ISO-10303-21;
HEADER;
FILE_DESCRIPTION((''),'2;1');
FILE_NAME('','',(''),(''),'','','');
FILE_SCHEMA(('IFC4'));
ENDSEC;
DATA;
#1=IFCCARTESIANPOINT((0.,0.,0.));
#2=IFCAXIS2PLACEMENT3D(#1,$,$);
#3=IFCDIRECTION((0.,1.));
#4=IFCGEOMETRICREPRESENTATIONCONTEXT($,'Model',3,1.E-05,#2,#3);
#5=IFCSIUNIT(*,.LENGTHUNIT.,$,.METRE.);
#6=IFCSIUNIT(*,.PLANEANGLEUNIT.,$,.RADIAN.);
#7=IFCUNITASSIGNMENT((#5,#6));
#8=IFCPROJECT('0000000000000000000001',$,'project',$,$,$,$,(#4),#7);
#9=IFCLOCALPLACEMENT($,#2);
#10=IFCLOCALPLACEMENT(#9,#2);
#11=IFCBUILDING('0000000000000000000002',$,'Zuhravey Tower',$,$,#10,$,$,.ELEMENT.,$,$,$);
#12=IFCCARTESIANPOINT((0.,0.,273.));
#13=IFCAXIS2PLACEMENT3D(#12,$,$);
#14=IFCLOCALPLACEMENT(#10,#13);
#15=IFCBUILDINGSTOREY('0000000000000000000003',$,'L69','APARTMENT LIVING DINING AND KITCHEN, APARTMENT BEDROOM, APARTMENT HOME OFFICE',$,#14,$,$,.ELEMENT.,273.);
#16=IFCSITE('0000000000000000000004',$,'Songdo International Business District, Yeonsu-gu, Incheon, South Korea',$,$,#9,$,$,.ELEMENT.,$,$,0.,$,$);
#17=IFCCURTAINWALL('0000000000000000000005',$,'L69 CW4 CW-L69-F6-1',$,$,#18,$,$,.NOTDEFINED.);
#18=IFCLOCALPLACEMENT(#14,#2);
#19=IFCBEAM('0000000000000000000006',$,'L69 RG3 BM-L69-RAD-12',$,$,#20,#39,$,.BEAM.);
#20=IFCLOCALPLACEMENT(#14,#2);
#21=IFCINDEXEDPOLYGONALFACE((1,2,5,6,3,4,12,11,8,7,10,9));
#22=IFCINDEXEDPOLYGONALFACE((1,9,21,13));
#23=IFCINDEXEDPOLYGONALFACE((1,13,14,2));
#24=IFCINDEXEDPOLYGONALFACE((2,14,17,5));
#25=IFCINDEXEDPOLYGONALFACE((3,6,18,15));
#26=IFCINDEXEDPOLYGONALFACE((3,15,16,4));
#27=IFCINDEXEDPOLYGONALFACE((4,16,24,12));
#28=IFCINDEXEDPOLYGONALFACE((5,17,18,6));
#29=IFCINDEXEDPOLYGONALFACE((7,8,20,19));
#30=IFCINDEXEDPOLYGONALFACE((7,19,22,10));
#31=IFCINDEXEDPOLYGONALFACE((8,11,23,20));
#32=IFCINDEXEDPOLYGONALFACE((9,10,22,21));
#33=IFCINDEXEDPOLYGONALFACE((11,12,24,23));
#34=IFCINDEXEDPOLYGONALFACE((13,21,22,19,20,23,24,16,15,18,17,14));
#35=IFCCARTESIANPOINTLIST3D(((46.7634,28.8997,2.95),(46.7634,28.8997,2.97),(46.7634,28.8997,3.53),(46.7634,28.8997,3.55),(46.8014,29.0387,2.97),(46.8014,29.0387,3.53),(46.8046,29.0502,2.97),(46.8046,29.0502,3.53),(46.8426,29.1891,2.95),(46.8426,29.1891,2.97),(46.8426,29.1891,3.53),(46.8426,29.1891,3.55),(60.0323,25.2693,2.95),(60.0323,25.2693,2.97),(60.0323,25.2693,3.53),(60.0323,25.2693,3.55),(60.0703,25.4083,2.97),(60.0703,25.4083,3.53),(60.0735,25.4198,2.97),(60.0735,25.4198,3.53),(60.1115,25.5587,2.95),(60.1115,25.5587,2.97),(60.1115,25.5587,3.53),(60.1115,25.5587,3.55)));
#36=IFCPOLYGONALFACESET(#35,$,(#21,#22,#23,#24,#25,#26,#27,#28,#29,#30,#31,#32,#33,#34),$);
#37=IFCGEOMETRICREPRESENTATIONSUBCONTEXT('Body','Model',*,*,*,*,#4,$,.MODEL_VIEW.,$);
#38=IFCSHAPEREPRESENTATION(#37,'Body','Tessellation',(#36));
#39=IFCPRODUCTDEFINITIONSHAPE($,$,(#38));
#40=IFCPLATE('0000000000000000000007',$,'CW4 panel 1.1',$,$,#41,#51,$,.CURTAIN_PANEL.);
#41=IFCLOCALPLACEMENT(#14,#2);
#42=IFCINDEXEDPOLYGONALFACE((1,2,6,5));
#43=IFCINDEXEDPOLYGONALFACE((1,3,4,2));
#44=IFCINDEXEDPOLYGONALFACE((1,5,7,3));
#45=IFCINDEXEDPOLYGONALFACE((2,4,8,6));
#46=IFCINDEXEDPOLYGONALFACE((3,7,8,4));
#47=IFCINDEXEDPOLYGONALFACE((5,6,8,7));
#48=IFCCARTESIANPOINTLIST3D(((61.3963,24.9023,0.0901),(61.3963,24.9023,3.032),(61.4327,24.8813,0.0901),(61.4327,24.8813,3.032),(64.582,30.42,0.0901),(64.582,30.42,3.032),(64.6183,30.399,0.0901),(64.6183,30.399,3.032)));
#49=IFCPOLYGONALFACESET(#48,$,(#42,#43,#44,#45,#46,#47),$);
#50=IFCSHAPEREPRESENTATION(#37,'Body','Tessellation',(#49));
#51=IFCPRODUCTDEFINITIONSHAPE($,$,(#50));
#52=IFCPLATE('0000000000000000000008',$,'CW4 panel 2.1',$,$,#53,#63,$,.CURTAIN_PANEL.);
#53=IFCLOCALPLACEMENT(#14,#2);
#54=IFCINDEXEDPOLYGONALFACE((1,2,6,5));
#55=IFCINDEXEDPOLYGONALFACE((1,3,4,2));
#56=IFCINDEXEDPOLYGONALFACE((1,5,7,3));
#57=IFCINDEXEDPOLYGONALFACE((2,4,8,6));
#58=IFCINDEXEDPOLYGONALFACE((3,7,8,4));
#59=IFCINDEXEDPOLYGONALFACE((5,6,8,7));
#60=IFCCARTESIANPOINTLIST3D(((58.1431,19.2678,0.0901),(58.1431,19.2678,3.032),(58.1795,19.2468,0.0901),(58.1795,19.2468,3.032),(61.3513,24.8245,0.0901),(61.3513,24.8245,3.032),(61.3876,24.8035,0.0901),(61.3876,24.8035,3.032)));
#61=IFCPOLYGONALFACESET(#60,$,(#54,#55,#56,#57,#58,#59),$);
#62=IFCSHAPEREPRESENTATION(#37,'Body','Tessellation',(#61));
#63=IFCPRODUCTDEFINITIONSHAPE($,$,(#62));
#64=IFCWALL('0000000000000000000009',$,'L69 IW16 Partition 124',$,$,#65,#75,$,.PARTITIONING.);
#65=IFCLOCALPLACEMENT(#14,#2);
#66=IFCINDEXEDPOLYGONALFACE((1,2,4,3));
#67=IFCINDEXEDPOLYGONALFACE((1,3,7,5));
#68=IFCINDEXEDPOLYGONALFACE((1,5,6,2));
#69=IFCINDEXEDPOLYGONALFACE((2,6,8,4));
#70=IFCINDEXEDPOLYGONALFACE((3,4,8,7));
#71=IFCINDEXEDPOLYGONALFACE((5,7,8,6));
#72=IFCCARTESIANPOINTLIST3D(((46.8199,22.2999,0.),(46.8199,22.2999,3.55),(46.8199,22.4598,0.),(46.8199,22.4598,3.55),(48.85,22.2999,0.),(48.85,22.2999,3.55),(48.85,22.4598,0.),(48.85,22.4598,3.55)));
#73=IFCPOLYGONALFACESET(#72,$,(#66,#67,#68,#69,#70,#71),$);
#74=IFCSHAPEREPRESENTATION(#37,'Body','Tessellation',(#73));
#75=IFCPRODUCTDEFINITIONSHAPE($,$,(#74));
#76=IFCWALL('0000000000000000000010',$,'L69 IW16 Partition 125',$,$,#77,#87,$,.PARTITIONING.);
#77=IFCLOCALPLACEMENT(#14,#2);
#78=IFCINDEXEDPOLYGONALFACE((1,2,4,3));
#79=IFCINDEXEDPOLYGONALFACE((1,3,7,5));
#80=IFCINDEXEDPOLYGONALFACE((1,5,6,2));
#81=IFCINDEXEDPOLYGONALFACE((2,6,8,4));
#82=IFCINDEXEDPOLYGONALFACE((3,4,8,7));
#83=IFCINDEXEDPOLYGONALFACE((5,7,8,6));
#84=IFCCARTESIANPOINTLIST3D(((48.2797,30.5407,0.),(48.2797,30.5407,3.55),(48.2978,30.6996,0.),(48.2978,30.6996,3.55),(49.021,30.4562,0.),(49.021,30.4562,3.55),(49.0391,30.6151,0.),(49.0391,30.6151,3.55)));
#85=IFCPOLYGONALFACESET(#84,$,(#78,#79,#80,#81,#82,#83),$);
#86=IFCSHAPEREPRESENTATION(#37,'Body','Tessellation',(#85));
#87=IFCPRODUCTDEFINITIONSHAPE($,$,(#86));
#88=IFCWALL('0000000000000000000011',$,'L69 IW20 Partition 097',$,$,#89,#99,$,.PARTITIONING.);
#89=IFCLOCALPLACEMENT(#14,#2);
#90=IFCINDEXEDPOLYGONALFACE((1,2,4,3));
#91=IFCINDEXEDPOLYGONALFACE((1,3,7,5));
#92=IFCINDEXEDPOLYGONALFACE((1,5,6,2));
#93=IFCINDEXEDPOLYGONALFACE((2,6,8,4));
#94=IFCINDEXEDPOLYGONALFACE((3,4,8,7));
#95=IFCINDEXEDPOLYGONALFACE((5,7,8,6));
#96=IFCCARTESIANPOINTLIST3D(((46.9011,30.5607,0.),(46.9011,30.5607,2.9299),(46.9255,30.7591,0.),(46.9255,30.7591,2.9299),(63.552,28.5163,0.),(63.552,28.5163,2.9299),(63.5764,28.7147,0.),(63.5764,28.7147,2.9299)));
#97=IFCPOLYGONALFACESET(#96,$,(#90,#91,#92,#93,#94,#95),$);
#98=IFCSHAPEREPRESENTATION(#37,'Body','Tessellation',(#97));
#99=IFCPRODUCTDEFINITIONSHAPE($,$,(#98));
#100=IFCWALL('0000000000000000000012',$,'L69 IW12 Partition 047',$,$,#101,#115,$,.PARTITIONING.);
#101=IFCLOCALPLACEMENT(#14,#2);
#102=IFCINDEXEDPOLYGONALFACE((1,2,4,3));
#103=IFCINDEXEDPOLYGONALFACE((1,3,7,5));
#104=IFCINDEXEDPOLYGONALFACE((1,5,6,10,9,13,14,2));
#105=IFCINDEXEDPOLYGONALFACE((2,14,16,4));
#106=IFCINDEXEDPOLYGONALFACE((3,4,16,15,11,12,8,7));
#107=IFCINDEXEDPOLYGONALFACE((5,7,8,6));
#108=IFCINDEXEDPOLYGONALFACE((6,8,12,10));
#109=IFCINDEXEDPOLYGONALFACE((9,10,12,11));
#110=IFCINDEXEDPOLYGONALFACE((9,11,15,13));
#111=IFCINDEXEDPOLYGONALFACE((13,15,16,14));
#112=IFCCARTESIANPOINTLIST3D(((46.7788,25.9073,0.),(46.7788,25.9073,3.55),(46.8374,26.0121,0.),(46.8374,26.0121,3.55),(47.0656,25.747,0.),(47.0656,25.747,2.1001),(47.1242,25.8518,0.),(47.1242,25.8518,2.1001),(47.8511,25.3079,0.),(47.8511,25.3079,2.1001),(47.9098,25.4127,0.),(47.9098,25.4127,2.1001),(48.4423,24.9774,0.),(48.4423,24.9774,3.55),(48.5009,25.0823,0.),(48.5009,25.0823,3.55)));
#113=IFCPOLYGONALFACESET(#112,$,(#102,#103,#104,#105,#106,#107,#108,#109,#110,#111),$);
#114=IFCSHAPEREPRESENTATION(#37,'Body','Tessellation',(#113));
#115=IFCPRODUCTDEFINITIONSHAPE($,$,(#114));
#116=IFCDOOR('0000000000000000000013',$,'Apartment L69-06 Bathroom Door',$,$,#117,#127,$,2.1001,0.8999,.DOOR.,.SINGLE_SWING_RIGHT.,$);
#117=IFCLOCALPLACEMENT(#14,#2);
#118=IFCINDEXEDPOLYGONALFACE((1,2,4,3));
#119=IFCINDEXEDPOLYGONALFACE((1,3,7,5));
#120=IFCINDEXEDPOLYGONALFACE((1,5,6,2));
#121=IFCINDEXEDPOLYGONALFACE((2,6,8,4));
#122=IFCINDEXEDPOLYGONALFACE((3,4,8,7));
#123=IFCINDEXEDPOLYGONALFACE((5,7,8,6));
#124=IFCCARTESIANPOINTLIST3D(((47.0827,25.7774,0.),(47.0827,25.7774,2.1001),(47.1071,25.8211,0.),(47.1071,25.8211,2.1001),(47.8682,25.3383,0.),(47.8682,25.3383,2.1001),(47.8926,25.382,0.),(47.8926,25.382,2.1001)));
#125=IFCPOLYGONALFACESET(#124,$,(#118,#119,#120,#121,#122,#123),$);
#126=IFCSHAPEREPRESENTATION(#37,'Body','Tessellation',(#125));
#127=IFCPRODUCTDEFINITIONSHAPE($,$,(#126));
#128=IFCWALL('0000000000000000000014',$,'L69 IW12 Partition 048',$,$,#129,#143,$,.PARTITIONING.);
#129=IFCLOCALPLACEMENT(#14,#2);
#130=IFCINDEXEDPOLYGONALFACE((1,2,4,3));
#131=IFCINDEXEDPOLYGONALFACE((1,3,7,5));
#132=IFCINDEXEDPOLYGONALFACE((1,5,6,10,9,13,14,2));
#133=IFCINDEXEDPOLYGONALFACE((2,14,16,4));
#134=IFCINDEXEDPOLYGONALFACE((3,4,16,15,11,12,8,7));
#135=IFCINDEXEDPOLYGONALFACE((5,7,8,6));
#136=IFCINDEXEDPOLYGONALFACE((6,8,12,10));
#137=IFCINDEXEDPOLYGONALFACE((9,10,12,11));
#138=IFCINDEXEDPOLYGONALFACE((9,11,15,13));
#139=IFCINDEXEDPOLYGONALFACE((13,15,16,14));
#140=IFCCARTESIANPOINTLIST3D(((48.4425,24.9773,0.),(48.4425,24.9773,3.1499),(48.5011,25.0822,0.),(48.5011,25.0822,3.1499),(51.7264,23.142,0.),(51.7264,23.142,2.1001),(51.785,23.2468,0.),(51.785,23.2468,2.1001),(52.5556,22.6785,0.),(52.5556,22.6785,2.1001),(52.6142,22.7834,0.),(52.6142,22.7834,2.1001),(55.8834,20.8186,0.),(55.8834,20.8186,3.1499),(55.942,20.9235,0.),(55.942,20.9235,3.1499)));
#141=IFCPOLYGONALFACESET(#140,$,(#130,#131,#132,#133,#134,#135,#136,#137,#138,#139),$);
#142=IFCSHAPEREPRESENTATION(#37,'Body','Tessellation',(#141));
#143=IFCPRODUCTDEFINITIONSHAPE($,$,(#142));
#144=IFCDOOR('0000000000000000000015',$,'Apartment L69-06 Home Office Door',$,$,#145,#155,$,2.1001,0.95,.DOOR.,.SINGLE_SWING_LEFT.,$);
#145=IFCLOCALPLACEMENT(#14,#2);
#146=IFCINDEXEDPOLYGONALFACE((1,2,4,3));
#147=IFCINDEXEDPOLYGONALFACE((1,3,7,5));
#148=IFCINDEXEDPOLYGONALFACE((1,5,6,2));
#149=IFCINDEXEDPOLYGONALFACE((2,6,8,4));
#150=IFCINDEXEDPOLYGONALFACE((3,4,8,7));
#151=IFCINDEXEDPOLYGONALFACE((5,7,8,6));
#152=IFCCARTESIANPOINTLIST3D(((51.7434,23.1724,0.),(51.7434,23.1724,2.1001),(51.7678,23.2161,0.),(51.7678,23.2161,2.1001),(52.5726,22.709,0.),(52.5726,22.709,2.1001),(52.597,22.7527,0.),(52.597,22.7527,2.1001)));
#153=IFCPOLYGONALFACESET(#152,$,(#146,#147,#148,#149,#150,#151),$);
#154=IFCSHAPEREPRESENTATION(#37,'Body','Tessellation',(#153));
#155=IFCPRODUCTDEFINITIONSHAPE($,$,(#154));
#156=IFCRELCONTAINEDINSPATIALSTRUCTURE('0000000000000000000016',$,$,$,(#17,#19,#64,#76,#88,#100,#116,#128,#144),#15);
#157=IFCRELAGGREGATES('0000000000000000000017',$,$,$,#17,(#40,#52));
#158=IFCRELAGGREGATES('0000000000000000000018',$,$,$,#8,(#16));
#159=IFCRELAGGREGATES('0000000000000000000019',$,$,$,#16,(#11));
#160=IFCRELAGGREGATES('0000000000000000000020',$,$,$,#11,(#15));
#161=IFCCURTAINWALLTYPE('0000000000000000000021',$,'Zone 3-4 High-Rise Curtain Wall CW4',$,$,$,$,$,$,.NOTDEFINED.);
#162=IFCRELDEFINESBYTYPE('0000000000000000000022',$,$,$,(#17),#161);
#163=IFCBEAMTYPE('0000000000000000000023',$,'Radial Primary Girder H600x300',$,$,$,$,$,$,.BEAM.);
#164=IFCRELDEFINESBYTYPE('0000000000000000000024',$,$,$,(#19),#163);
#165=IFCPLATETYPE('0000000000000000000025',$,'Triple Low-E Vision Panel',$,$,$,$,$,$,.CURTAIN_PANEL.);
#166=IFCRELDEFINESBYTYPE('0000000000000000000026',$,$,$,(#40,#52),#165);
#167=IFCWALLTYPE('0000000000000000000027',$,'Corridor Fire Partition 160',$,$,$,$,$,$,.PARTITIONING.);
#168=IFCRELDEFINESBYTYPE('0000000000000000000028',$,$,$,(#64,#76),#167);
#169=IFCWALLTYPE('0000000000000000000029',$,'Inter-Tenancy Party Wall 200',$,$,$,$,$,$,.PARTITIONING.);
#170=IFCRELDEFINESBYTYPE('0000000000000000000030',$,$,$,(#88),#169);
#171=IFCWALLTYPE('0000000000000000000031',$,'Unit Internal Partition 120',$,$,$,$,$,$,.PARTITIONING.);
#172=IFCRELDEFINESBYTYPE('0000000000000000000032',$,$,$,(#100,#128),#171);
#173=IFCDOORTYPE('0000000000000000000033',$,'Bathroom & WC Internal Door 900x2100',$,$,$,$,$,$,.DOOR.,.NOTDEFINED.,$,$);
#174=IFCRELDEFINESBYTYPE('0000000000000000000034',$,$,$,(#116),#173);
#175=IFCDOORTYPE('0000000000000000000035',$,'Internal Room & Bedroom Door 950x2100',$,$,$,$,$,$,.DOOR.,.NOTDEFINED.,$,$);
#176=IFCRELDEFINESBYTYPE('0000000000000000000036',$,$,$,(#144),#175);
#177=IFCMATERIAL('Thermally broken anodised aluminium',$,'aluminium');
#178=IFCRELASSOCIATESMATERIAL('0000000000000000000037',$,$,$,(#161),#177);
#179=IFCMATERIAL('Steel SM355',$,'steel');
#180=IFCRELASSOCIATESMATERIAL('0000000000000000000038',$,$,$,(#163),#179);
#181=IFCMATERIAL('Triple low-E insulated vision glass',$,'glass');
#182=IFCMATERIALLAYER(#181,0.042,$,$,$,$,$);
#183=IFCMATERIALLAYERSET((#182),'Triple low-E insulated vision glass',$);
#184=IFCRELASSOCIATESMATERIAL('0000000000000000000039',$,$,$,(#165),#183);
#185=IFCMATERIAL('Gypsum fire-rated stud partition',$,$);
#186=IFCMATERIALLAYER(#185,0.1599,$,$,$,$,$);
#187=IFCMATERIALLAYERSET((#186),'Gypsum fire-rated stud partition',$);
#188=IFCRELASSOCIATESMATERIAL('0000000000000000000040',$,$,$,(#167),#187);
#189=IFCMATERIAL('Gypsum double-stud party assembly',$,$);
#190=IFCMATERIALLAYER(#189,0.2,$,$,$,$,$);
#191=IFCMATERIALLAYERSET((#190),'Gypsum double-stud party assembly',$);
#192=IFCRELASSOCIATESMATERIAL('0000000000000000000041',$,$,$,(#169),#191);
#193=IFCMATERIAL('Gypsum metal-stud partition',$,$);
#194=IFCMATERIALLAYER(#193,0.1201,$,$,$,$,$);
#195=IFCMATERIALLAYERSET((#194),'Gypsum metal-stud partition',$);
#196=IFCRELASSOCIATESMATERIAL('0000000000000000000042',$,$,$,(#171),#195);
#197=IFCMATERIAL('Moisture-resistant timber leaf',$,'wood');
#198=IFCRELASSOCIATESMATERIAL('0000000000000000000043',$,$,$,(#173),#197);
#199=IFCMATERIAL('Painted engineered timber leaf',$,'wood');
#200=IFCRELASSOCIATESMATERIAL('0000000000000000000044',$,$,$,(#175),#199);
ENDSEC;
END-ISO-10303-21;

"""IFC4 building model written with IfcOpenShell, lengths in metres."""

from ifc_helpers import new_model, si_unit, direction, frame, frame_2d, origin, origin_2d, place, context, subcontext, project, spatial, rectangle, i_section, extrude, material, layer, layer_set, material_profile, profile_set, type_object, element, fill, aggregate, save


model = new_model("IFC4")

# Units and contexts
model_context = context("Model", 3, precision=1e-05, world=origin(), true_north=direction((0.0, 1.0)))
body_context = subcontext(model_context, "Body", "Model", "MODEL_VIEW")
ifc_project = project(units=[si_unit("LENGTHUNIT", "METRE"), si_unit("PLANEANGLEUNIT", "RADIAN")], contexts=[model_context])

# Site, building, storey
site_placement = place(None, origin())
site = spatial("IfcSite", under=ifc_project, at=site_placement, Name="Songdo International Business District, Yeonsu-gu, Incheon, South Korea", CompositionType="ELEMENT", RefElevation=0.0)
building_placement = place(site_placement, origin())
building = spatial("IfcBuilding", under=site, at=building_placement, Name="Zuhravey Tower", CompositionType="ELEMENT")
storey_placement = place(building_placement, frame((0.0, 0.0, 273.0)))
storey = spatial("IfcBuildingStorey", under=building, at=storey_placement, Name="L69", Description="APARTMENT LIVING DINING AND KITCHEN, APARTMENT BEDROOM, APARTMENT HOME OFFICE", CompositionType="ELEMENT", Elevation=273.0)

# Curtain wall
ifc_material_1 = material(Name="Thermally broken anodised aluminium", Category="aluminium")
curtain_wall_type = type_object("IfcCurtainWallType", Name="Zone 3-4 High-Rise Curtain Wall CW4", PredefinedType="NOTDEFINED", material=ifc_material_1)
curtain_wall_1_placement = place(storey_placement, origin())
curtain_wall_1 = element("IfcCurtainWall", 1, at=curtain_wall_1_placement, inside=storey, type_object=curtain_wall_type, Name="L69 CW4 CW-L69-F6-1", PredefinedType="NOTDEFINED")

# Beam
ifc_material_2 = material(Name="Steel SM355", Category="steel")
ifc_material_profile_1 = material_profile(ifc_material_2, i_section(OverallWidth=0.3, OverallDepth=0.6001, WebThickness=0.012, FlangeThickness=0.02, at=origin_2d()), Name="H-600x300x12x20")
ifc_profile_set_1 = profile_set([ifc_material_profile_1], Name="Steel SM355")
beam_type_1 = type_object("IfcBeamType", Name="Radial Primary Girder H600x300", PredefinedType="BEAM", material=ifc_profile_set_1)
beam_1_placement = place(storey_placement, frame((46.803, 29.0444, 3.25), z_axis=(0.964549, -0.263903, 0.0), x_axis=(0.263903, 0.964549, 0.0)))
element("IfcBeam", 2, at=beam_1_placement, inside=storey, type_object=beam_type_1, Name="L69 RG3 BM-L69-RAD-12", PredefinedType="BEAM", context=body_context, shape_type="SweptSolid", body=[
    extrude(i_section(OverallWidth=0.3, OverallDepth=0.6001, WebThickness=0.012, FlangeThickness=0.02, at=origin_2d()), origin(), (0.0, 0.0, 1.0), 13.7566),
])

# Plates
ifc_material_3 = material(Name="Triple low-E insulated vision glass", Category="glass")
ifc_layer_1 = layer(ifc_material_3, 0.042)
ifc_layer_set_1 = layer_set([ifc_layer_1], Name="Triple low-E insulated vision glass")
plate_type = type_object("IfcPlateType", Name="Triple Low-E Vision Panel", PredefinedType="CURTAIN_PANEL", material=ifc_layer_set_1)
plate_1_placement = place(storey_placement, frame((63.0073, 27.6506, 0.0901), z_axis=(0.0, 0.0, 1.0), x_axis=(-0.500001, -0.866025, 0.0)))
plate_1 = element("IfcPlate", 3, at=plate_1_placement, type_object=plate_type, Name="CW4 panel 1.1", PredefinedType="CURTAIN_PANEL", context=body_context, shape_type="SweptSolid", body=[
    extrude(rectangle(XDim=6.3713, YDim=0.042, at=origin_2d()), origin(), (0.0, 0.0, 1.0), 2.9419),
])
plate_2_placement = place(storey_placement, frame((59.7654, 22.0356, 0.0901), z_axis=(0.0, 0.0, 1.0), x_axis=(-0.500001, -0.866025, 0.0)))
plate_2 = element("IfcPlate", 4, at=plate_2_placement, type_object=plate_type, Name="CW4 panel 2.1", PredefinedType="CURTAIN_PANEL", context=body_context, shape_type="SweptSolid", body=[
    extrude(rectangle(XDim=6.4163, YDim=0.042, at=origin_2d()), origin(), (0.0, 0.0, 1.0), 2.9419),
])
aggregate(curtain_wall_1, [plate_1, plate_2])

# Shared definitions
ifc_material_4 = material(Name="Gypsum fire-rated stud partition")
ifc_layer_2 = layer(ifc_material_4, 0.1599)
ifc_layer_set_2 = layer_set([ifc_layer_2], Name="Gypsum fire-rated stud partition")
wall_type_1 = type_object("IfcWallType", Name="Corridor Fire Partition 160", PredefinedType="PARTITIONING", material=ifc_layer_set_2)

# Walls
wall_1_placement = place(storey_placement, frame((48.8501, 22.3799, 0.0), z_axis=(0.0, 0.0, 1.0), x_axis=(-1.0, 0.0, 0.0)))
element("IfcWall", 5, at=wall_1_placement, inside=storey, type_object=wall_type_1, Name="L69 IW16 Partition 124", PredefinedType="PARTITIONING", context=body_context, shape_type="SweptSolid", body=[
    extrude(rectangle(XDim=2.03, YDim=0.1599, at=frame_2d((1.0151, 0.0))), origin(), (0.0, 0.0, 1.0), 3.55),
])
wall_2_placement = place(storey_placement, frame((49.03, 30.5356, 0.0), z_axis=(0.0, 0.0, 1.0), x_axis=(-0.993568, 0.113233, 0.0)))
element("IfcWall", 6, at=wall_2_placement, inside=storey, type_object=wall_type_1, Name="L69 IW16 Partition 125", PredefinedType="PARTITIONING", context=body_context, shape_type="SweptSolid", body=[
    extrude(rectangle(XDim=0.7461, YDim=0.1599, at=frame_2d((0.373, 0.0))), origin(), (0.0, 0.0, 1.0), 3.55),
])
ifc_material_5 = material(Name="Gypsum double-stud party assembly")
ifc_layer_3 = layer(ifc_material_5, 0.2)
ifc_layer_set_3 = layer_set([ifc_layer_3], Name="Gypsum double-stud party assembly")
wall_type_2 = type_object("IfcWallType", Name="Inter-Tenancy Party Wall 200", PredefinedType="PARTITIONING", material=ifc_layer_set_3)
wall_3_placement = place(storey_placement, frame((46.9133, 30.6599, 0.0), z_axis=(0.0, 0.0, 1.0), x_axis=(0.992546, -0.121867, 0.0)))
element("IfcWall", 7, at=wall_3_placement, inside=storey, type_object=wall_type_2, Name="L69 IW20 Partition 097", PredefinedType="PARTITIONING", context=body_context, shape_type="SweptSolid", body=[
    extrude(rectangle(XDim=16.7759, YDim=0.2, at=frame_2d((8.3879, 0.0))), origin(), (0.0, 0.0, 1.0), 2.9299),
])

# Walls, openings, doors
ifc_material_6 = material(Name="Gypsum metal-stud partition")
ifc_layer_4 = layer(ifc_material_6, 0.1201)
ifc_layer_set_4 = layer_set([ifc_layer_4], Name="Gypsum metal-stud partition")
wall_type_3 = type_object("IfcWallType", Name="Unit Internal Partition 120", PredefinedType="PARTITIONING", material=ifc_layer_set_4)
wall_4_placement = place(storey_placement, frame((46.8081, 25.9597, 0.0), z_axis=(0.0, 0.0, 1.0), x_axis=(0.872879, -0.487936, 0.0)))
wall_4 = element("IfcWall", 8, at=wall_4_placement, inside=storey, type_object=wall_type_3, Name="L69 IW12 Partition 047", PredefinedType="PARTITIONING", context=body_context, shape_type="SweptSolid", body=[
    extrude(rectangle(XDim=1.9058, YDim=0.1201, at=frame_2d((0.9529, 0.0))), origin(), (0.0, 0.0, 1.0), 3.55),
])
opening_1_placement = place(wall_4_placement, frame((0.3286, 0.0, 0.0)))
opening_1 = element("IfcOpeningElement", 9, at=opening_1_placement, cuts=wall_4, PredefinedType="OPENING", context=body_context, shape_type="SweptSolid", body=[
    extrude(rectangle(XDim=0.8999, YDim=2.1001, at=frame_2d((0.45, 1.05))), frame((0.0, 0.072, 0.0), z_axis=(0.0, -1.0, 0.0), x_axis=(1.0, 0.0, 0.0)), (0.0, 0.0, 1.0), 0.144),
])
ifc_material_7 = material(Name="Moisture-resistant timber leaf", Category="wood")
door_type_1 = type_object("IfcDoorType", Name="Bathroom & WC Internal Door 900x2100", OperationType="NOTDEFINED", PredefinedType="DOOR", material=ifc_material_7)
door_1_placement = place(opening_1_placement, origin())
door_1 = element("IfcDoor", 10, at=door_1_placement, inside=storey, type_object=door_type_1, Name="Apartment L69-06 Bathroom Door", OperationType="SINGLE_SWING_RIGHT", OverallHeight=2.1001, OverallWidth=0.8999, PredefinedType="DOOR", context=body_context, shape_type="SweptSolid", body=[
    extrude(rectangle(XDim=0.8999, YDim=2.1001, at=frame_2d((0.45, 1.05))), frame((0.0, 0.0249, 0.0), z_axis=(0.0, -1.0, 0.0), x_axis=(1.0, 0.0, 0.0)), (0.0, 0.0, 1.0), 0.05),
])
fill(opening_1, door_1)
wall_5_placement = place(storey_placement, frame((48.4717, 25.0298, 0.0), z_axis=(0.0, 0.0, 1.0), x_axis=(0.872917, -0.487869, 0.0)))
wall_5 = element("IfcWall", 11, at=wall_5_placement, inside=storey, type_object=wall_type_3, Name="L69 IW12 Partition 048", PredefinedType="PARTITIONING", context=body_context, shape_type="SweptSolid", body=[
    extrude(rectangle(XDim=8.5242, YDim=0.1201, at=frame_2d((4.2622, 0.0))), origin(), (0.0, 0.0, 1.0), 3.1499),
])
opening_2_placement = place(wall_5_placement, frame((3.762, 0.0, 0.0)))
opening_2 = element("IfcOpeningElement", 12, at=opening_2_placement, cuts=wall_5, PredefinedType="OPENING", context=body_context, shape_type="SweptSolid", body=[
    extrude(rectangle(XDim=0.95, YDim=2.1001, at=frame_2d((0.4751, 1.05))), frame((0.0, 0.072, 0.0), z_axis=(0.0, -1.0, 0.0), x_axis=(1.0, 0.0, 0.0)), (0.0, 0.0, 1.0), 0.144),
])
ifc_material_8 = material(Name="Painted engineered timber leaf", Category="wood")
door_type_2 = type_object("IfcDoorType", Name="Internal Room & Bedroom Door 950x2100", OperationType="NOTDEFINED", PredefinedType="DOOR", material=ifc_material_8)
door_2_placement = place(opening_2_placement, origin())
door_2 = element("IfcDoor", 13, at=door_2_placement, inside=storey, type_object=door_type_2, Name="Apartment L69-06 Home Office Door", OperationType="SINGLE_SWING_LEFT", OverallHeight=2.1001, OverallWidth=0.95, PredefinedType="DOOR", context=body_context, shape_type="SweptSolid", body=[
    extrude(rectangle(XDim=0.95, YDim=2.1001, at=frame_2d((0.4751, 1.05))), frame((0.0, 0.0249, 0.0), z_axis=(0.0, -1.0, 0.0), x_axis=(1.0, 0.0, 0.0)), (0.0, 0.0, 1.0), 0.05),
])
fill(opening_2, door_2)

save(model, "model.ifc")
